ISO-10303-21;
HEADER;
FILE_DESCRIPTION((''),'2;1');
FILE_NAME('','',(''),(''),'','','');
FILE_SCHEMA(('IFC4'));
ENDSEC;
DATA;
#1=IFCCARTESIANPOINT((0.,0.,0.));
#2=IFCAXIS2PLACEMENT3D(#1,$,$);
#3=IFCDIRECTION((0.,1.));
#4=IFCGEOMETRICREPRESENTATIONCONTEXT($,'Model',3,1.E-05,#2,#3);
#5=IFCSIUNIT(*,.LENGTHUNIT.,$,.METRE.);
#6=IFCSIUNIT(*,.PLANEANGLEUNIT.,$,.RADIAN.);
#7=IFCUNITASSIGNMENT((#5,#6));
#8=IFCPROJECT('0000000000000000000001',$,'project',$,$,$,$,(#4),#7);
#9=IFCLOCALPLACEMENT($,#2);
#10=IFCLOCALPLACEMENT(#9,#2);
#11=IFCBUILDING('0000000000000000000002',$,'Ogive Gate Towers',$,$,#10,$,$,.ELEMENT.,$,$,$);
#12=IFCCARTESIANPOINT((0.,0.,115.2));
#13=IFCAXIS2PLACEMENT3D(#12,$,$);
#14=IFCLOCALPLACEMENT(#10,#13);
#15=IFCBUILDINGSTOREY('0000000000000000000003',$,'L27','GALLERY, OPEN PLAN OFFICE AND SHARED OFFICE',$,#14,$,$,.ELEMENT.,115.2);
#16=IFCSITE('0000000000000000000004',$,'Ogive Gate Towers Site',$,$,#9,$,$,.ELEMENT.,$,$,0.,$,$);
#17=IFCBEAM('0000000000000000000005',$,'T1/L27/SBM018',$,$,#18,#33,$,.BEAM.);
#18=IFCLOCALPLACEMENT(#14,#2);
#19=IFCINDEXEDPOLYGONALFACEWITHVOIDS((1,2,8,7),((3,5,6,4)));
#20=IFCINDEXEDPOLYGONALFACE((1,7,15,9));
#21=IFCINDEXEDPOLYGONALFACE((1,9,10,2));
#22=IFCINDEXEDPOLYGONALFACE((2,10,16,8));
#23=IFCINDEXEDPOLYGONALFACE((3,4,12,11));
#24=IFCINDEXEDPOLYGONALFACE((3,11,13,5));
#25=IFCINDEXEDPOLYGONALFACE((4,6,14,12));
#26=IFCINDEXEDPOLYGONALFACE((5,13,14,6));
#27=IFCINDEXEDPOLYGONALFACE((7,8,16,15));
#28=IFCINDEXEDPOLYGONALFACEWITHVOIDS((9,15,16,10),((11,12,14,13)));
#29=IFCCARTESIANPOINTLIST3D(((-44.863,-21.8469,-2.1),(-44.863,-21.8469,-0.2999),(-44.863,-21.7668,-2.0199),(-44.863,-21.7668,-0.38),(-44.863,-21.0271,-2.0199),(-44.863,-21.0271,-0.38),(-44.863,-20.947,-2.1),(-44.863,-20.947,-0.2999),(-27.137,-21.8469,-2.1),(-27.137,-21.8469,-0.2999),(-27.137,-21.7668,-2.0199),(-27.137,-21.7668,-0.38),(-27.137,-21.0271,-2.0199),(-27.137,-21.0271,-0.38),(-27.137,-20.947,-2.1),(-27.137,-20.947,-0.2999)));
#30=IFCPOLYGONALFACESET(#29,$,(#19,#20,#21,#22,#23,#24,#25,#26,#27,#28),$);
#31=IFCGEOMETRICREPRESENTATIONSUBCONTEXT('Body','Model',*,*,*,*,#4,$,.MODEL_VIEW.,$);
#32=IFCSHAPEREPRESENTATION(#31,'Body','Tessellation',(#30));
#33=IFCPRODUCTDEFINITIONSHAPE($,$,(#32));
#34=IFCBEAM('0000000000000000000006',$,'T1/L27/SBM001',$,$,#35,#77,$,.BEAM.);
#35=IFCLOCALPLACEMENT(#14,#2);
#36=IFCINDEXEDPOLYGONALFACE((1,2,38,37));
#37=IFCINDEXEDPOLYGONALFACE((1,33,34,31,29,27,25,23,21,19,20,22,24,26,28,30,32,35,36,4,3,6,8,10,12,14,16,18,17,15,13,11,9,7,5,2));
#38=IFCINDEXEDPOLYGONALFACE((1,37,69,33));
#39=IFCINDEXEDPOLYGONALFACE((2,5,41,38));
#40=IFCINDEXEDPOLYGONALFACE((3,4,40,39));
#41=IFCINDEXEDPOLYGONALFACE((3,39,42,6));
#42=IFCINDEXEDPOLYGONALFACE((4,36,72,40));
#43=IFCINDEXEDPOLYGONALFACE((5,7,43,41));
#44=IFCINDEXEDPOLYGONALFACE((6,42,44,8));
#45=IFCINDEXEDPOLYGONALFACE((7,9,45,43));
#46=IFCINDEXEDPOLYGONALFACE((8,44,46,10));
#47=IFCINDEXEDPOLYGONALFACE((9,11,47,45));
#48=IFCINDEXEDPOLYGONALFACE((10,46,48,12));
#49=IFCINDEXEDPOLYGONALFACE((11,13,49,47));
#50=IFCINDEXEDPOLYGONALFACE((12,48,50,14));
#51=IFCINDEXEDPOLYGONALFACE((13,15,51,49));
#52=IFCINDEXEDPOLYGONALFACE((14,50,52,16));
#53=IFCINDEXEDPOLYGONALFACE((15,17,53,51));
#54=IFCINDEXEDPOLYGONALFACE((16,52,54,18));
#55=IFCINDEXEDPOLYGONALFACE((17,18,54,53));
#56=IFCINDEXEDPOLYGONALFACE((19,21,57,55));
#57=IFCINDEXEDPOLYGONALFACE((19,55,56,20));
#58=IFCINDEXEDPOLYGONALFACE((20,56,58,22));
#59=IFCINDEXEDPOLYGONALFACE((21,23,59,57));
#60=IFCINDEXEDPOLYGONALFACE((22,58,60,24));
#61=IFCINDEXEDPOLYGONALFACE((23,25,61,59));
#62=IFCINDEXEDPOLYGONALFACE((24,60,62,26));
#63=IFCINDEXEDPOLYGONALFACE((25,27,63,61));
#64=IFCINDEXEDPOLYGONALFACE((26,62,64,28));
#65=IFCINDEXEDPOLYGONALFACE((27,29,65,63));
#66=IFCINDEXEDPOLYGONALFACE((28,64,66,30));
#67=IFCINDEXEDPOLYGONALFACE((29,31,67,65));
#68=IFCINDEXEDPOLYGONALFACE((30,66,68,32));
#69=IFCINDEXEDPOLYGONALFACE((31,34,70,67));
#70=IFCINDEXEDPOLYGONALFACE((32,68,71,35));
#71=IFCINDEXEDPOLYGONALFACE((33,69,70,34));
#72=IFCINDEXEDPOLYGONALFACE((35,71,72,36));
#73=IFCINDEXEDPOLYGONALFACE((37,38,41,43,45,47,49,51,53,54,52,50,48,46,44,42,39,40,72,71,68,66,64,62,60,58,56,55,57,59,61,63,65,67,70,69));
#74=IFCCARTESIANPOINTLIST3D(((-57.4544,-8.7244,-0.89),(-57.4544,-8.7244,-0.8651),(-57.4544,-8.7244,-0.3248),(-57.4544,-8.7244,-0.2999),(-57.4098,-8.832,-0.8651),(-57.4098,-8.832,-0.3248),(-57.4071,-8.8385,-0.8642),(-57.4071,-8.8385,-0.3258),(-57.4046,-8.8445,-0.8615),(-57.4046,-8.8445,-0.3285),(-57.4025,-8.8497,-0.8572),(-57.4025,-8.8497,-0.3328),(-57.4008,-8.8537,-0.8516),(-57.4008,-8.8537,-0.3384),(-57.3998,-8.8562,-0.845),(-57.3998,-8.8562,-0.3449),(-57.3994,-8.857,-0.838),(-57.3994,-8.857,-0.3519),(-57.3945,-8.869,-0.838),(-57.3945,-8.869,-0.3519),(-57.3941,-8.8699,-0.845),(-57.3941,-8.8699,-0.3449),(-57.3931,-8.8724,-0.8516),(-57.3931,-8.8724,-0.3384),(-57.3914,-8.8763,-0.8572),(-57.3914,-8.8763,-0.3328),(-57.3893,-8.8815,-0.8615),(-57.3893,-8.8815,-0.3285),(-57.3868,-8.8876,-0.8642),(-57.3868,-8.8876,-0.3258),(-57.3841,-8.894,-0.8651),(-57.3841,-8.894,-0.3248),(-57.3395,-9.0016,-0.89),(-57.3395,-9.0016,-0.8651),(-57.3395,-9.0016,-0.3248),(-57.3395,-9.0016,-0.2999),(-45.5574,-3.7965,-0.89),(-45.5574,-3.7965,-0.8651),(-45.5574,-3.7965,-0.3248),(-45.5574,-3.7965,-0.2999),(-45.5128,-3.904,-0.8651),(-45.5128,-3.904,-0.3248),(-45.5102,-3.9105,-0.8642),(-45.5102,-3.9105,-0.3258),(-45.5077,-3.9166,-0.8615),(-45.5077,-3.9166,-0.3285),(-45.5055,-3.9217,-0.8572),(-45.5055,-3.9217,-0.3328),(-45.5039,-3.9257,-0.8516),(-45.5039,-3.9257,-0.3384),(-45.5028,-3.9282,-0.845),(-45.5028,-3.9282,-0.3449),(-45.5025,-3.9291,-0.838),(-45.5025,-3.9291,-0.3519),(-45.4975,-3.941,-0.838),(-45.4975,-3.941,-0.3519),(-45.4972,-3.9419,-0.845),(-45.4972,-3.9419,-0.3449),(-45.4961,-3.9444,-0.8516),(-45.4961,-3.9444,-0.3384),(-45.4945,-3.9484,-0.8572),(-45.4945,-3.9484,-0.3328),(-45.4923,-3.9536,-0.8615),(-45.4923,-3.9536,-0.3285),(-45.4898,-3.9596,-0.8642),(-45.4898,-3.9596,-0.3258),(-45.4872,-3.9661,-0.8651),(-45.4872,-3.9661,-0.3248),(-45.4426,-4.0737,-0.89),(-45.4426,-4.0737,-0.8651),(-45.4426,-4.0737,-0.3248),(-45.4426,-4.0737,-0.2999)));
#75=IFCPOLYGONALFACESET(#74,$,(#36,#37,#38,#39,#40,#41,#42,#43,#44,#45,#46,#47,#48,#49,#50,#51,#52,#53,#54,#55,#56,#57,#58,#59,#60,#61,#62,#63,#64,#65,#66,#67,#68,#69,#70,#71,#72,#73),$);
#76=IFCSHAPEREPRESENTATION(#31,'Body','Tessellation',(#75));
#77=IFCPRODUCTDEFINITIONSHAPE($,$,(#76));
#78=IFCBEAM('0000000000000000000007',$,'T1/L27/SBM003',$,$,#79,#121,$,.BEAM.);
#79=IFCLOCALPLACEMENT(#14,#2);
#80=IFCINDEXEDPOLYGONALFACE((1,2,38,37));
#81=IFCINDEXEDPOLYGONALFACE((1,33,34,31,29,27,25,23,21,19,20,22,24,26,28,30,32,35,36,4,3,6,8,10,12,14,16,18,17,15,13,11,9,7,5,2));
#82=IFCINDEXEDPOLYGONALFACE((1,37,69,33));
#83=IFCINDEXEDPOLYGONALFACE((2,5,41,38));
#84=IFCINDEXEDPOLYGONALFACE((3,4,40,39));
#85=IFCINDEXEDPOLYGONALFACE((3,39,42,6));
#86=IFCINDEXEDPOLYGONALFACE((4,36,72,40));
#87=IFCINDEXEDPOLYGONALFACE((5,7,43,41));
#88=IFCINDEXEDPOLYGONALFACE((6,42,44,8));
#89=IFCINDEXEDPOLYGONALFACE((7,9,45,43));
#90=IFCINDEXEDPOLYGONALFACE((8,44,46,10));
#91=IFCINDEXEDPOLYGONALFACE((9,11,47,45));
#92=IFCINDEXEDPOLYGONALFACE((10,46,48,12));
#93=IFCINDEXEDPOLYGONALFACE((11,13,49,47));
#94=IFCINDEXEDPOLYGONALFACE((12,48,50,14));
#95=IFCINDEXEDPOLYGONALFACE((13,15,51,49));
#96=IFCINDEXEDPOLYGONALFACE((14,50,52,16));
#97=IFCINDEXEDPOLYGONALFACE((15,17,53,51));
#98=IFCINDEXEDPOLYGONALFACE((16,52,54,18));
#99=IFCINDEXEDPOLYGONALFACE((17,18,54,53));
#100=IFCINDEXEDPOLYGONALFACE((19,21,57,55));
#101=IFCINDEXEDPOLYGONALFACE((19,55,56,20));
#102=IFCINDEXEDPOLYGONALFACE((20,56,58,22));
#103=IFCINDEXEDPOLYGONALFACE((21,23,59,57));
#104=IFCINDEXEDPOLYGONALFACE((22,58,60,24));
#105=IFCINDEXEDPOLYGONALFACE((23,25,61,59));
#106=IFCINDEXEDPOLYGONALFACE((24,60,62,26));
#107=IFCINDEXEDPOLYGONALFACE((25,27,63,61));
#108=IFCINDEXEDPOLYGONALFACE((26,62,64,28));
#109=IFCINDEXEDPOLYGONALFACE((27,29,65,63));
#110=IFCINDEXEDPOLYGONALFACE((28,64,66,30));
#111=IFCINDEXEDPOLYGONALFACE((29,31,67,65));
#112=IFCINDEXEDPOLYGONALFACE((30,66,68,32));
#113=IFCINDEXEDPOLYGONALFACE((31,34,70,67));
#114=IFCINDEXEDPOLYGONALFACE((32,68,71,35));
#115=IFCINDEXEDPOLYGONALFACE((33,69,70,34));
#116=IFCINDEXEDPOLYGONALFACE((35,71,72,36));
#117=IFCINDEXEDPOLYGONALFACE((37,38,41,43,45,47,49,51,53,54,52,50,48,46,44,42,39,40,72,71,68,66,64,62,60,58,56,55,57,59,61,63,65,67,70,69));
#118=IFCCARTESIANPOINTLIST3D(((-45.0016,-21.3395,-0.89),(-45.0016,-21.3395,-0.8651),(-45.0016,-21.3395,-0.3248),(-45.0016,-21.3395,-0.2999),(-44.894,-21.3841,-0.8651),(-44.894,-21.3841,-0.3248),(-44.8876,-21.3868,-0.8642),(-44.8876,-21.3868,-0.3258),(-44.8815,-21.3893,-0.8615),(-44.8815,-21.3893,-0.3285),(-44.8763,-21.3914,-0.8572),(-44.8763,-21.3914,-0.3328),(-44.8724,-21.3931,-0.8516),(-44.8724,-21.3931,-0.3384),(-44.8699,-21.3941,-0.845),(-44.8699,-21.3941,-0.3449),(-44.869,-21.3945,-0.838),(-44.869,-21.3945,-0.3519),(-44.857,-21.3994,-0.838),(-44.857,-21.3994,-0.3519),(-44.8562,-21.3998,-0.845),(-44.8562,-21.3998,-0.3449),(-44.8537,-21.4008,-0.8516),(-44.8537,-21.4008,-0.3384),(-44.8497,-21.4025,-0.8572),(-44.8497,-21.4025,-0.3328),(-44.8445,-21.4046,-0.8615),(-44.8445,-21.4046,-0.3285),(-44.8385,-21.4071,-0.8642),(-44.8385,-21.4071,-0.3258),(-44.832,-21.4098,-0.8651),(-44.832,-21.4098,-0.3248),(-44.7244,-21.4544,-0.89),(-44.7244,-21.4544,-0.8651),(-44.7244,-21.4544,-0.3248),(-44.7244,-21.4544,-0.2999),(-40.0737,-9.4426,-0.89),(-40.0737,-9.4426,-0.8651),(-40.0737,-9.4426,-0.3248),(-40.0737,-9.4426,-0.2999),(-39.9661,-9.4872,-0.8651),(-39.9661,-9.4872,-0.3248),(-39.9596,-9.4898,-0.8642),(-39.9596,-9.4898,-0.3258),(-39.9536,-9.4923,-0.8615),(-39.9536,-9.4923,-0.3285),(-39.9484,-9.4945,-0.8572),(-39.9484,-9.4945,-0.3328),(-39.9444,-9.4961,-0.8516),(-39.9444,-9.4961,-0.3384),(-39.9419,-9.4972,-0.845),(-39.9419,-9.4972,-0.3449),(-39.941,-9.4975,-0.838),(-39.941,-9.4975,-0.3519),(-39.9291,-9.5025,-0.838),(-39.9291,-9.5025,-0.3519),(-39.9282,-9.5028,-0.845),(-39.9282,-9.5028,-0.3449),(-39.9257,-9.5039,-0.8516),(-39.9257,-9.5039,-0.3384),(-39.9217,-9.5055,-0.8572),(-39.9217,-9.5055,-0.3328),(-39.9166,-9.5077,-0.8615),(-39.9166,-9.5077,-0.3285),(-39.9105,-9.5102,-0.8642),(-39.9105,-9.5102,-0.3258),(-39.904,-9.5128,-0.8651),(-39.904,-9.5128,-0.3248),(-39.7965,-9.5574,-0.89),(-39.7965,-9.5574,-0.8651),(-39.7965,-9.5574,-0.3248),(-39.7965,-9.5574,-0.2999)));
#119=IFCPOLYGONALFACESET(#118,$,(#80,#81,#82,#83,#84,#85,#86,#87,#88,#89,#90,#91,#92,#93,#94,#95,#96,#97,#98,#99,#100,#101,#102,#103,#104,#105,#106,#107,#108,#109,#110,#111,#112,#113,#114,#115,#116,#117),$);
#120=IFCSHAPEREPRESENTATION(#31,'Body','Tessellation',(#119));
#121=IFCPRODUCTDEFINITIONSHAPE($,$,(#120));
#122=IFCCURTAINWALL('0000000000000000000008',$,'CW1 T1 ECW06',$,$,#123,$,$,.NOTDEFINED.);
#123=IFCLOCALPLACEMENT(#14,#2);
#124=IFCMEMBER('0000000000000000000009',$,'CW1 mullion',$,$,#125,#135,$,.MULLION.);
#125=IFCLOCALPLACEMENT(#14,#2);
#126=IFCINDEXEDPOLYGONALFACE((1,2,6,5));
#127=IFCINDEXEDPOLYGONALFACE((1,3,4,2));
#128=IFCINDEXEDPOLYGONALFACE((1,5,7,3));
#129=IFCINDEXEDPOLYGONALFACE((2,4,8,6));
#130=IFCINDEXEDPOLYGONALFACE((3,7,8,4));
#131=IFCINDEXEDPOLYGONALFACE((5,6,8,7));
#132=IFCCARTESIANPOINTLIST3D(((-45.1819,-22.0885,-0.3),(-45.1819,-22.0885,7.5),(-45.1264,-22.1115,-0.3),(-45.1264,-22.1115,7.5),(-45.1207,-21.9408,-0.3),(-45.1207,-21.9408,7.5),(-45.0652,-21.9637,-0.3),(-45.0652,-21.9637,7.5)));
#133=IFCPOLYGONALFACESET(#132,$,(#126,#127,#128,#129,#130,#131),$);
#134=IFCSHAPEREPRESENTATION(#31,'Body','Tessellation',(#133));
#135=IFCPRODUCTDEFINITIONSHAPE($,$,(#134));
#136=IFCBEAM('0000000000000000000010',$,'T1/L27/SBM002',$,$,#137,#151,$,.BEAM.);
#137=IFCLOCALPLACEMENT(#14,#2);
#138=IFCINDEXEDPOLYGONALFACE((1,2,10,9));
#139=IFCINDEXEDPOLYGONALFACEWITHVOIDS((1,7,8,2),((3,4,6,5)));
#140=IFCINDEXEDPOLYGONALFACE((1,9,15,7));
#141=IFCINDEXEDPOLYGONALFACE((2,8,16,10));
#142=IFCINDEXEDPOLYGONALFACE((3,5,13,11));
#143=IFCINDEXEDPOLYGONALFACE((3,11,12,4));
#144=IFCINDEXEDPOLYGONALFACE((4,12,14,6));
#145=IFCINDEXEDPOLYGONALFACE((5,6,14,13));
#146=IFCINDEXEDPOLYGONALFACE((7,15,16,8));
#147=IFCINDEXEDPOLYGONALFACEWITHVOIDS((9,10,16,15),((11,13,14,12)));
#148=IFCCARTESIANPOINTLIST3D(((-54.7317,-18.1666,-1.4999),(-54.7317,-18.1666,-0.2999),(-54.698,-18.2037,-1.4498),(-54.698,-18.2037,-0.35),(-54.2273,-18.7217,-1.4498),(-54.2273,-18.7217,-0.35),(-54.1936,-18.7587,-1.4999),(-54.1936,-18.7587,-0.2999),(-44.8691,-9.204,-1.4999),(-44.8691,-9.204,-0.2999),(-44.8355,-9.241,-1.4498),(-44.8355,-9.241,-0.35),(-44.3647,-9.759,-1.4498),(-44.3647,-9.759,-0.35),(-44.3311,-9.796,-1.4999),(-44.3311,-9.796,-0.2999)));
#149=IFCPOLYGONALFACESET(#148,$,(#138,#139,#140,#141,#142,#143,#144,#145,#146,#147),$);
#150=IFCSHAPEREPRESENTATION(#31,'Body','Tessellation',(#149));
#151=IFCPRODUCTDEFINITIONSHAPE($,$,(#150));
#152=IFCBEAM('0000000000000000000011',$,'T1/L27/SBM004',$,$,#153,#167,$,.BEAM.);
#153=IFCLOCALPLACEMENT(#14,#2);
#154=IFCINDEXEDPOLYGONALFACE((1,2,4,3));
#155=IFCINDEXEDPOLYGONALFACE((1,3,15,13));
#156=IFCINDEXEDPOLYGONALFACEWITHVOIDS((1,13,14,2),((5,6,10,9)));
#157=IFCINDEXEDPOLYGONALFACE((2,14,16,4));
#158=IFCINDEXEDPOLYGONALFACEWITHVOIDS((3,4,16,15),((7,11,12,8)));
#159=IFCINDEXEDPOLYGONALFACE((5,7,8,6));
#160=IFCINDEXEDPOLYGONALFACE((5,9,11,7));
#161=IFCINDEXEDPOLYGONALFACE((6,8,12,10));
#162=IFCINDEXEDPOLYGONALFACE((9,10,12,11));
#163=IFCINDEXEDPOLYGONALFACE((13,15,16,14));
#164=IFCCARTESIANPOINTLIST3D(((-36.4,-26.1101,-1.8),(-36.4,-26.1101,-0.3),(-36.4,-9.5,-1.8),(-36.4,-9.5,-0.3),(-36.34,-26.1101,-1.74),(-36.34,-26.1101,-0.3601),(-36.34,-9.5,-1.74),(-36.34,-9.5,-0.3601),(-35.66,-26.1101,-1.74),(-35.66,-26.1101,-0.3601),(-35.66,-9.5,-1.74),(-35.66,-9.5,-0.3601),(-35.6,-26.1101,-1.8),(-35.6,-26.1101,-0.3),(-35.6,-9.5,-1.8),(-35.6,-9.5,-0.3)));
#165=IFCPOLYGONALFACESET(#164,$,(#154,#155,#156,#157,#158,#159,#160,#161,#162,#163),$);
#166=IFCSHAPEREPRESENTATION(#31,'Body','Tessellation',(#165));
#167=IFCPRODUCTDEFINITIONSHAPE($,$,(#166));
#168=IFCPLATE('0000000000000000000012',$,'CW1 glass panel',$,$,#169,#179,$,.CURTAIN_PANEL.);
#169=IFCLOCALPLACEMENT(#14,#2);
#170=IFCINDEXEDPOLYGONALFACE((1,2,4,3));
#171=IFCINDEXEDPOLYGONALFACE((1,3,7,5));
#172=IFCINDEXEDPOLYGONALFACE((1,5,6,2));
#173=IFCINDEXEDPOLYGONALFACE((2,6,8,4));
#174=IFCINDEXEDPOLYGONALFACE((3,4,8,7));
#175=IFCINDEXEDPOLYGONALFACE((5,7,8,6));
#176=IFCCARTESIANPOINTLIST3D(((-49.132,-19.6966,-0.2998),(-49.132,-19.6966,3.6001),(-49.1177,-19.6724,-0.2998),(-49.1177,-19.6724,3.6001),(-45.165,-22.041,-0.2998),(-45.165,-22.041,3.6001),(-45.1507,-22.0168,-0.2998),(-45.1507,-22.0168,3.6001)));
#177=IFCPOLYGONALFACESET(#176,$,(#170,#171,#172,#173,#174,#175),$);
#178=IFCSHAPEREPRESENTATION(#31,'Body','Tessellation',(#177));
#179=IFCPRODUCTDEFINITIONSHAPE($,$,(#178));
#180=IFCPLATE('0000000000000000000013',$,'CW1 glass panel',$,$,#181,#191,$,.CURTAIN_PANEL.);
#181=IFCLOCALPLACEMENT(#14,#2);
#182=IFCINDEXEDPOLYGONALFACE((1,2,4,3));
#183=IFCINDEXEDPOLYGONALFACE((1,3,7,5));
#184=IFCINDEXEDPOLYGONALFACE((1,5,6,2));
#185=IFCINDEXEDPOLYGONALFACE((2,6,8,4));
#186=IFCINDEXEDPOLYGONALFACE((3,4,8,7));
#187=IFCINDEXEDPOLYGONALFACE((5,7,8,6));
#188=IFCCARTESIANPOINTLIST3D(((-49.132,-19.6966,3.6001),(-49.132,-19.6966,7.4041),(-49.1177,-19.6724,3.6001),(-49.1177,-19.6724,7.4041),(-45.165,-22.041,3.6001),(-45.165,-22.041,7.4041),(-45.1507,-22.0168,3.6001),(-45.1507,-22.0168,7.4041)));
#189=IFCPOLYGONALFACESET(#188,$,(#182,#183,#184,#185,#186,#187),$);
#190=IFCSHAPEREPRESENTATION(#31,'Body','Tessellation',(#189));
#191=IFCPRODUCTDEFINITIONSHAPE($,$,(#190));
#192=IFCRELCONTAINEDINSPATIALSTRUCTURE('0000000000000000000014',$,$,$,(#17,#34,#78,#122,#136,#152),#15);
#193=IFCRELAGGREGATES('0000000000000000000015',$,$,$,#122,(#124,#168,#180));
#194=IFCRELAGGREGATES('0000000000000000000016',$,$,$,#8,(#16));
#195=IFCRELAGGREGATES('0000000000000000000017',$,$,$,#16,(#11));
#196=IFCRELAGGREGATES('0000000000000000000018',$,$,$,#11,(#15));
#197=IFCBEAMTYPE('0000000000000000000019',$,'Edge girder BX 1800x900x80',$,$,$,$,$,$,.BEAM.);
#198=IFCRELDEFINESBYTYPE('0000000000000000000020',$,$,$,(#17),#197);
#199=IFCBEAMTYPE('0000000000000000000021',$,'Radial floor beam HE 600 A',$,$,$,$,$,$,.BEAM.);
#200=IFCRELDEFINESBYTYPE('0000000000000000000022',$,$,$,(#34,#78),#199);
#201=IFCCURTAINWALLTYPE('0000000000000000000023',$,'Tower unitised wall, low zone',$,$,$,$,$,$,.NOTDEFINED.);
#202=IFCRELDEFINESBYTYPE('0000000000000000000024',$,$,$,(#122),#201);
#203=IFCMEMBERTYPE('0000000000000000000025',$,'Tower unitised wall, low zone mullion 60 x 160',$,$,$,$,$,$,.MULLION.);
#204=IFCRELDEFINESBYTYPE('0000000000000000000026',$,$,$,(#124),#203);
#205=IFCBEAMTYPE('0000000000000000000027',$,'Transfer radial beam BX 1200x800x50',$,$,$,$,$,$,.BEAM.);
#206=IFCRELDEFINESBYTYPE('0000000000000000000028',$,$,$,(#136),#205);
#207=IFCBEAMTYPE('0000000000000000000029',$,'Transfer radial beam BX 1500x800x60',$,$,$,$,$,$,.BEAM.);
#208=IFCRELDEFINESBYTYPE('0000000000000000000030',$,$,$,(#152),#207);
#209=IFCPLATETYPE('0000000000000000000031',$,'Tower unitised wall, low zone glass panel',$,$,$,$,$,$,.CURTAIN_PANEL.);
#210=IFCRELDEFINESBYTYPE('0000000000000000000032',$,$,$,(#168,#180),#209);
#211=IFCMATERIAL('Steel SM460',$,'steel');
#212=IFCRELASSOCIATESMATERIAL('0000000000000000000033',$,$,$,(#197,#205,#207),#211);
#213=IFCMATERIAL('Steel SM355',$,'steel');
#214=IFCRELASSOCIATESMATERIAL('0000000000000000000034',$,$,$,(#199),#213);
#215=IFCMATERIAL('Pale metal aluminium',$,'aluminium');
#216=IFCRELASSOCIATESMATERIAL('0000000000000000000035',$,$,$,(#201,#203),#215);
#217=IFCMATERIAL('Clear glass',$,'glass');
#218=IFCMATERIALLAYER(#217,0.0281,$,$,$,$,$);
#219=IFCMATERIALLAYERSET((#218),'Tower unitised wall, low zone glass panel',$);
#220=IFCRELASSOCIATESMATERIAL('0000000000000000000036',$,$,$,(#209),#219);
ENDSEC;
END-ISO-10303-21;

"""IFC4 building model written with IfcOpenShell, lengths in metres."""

from ifc_helpers import new_model, si_unit, direction, frame, origin, origin_2d, place, context, subcontext, project, spatial, rectangle, hollow_rectangle, i_section, extrude, material, layer, layer_set, material_profile, profile_set, type_object, element, aggregate, save


model = new_model("IFC4")

# Units and contexts
model_context = context("Model", 3, precision=1e-05, world=origin(), true_north=direction((0.0, 1.0)))
body_context = subcontext(model_context, "Body", "Model", "MODEL_VIEW")
ifc_project = project(units=[si_unit("LENGTHUNIT", "METRE"), si_unit("PLANEANGLEUNIT", "RADIAN")], contexts=[model_context])

# Site, building, storey
site_placement = place(None, origin())
site = spatial("IfcSite", under=ifc_project, at=site_placement, Name="Ogive Gate Towers Site", CompositionType="ELEMENT", RefElevation=0.0)
building_placement = place(site_placement, origin())
building = spatial("IfcBuilding", under=site, at=building_placement, Name="Ogive Gate Towers", CompositionType="ELEMENT")
storey_placement = place(building_placement, frame((0.0, 0.0, 115.2)))
storey = spatial("IfcBuildingStorey", under=building, at=storey_placement, Name="L27", Description="GALLERY, OPEN PLAN OFFICE AND SHARED OFFICE", CompositionType="ELEMENT", Elevation=115.2)

# Beams
ifc_material_1 = material(Name="Steel SM460", Category="steel")
ifc_material_profile_1 = material_profile(ifc_material_1, hollow_rectangle(XDim=0.8999, YDim=1.8, WallThickness=0.0801, at=origin_2d()), Name="BX 1800x900x80")
ifc_profile_set_1 = profile_set([ifc_material_profile_1], Name="Steel SM460")
beam_type_1 = type_object("IfcBeamType", Name="Edge girder BX 1800x900x80", PredefinedType="BEAM", material=ifc_profile_set_1)
beam_1_placement = place(storey_placement, frame((-44.863, -21.397, -1.2), z_axis=(1.0, 0.0, 0.0), x_axis=(0.0, 1.0, 0.0)))
element("IfcBeam", 1, at=beam_1_placement, inside=storey, type_object=beam_type_1, Name="T1/L27/SBM018", PredefinedType="BEAM", context=body_context, shape_type="SweptSolid", body=[
    extrude(hollow_rectangle(XDim=0.8999, YDim=1.8, WallThickness=0.0801, at=origin_2d()), origin(), (0.0, 0.0, 1.0), 17.7261),
])
ifc_material_2 = material(Name="Steel SM355", Category="steel")
ifc_material_profile_2 = material_profile(ifc_material_2, i_section(OverallWidth=0.3, OverallDepth=0.5901, WebThickness=0.0129, FlangeThickness=0.0249, FilletRadius=0.0271, at=origin_2d()), Name="HE 600 A")
ifc_profile_set_2 = profile_set([ifc_material_profile_2], Name="Steel SM355")
beam_type_2 = type_object("IfcBeamType", Name="Radial floor beam HE 600 A", PredefinedType="BEAM", material=ifc_profile_set_2)
for number, where, z_axis, x_axis, name in (
    (2, (-45.5, -3.9351, -0.595), (-0.923877, -0.382689, 0.0), (0.382689, -0.923877, 0.0), "T1/L27/SBM001"),
    (3, (-39.9351, -9.5, -0.595), (-0.382689, -0.923877, 0.0), (0.923877, -0.382689, 0.0), "T1/L27/SBM003"),
):
    element("IfcBeam", number, at=place(storey_placement, frame(where, z_axis=z_axis, x_axis=x_axis)), inside=storey, type_object=beam_type_2, Name=name, PredefinedType="BEAM", context=body_context, shape_type="SweptSolid", body=[
        extrude(i_section(OverallWidth=0.3, OverallDepth=0.5901, WebThickness=0.0129, FlangeThickness=0.0249, FilletRadius=0.0271, at=origin_2d()), origin(), (0.0, 0.0, 1.0), 12.8772),
    ])

# Curtain wall, member
ifc_material_3 = material(Name="Pale metal aluminium", Category="aluminium")
curtain_wall_type = type_object("IfcCurtainWallType", Name="Tower unitised wall, low zone", PredefinedType="NOTDEFINED", material=ifc_material_3)
curtain_wall_placement = place(storey_placement, origin())
curtain_wall = element("IfcCurtainWall", 4, at=curtain_wall_placement, inside=storey, type_object=curtain_wall_type, Name="CW1 T1 ECW06", PredefinedType="NOTDEFINED")
ifc_material_profile_3 = material_profile(ifc_material_3, rectangle(XDim=0.1599, YDim=0.0601, at=origin_2d()), Name="60 x 160 aluminium box")
ifc_profile_set_3 = profile_set([ifc_material_profile_3], Name="Pale metal aluminium")
member_type = type_object("IfcMemberType", Name="Tower unitised wall, low zone mullion 60 x 160", PredefinedType="MULLION", material=ifc_profile_set_3)
member_placement = place(storey_placement, frame((-45.1235, -22.0261, -0.3), z_axis=(0.0, 0.0, 1.0), x_axis=(-0.382683, -0.92388, 0.0)))
member = element("IfcMember", 5, at=member_placement, type_object=member_type, Name="CW1 mullion", PredefinedType="MULLION", context=body_context, shape_type="SweptSolid", body=[
    extrude(rectangle(XDim=0.1599, YDim=0.0601, at=origin_2d()), origin(), (0.0, 0.0, 1.0), 7.8),
])

# Beams
ifc_material_profile_4 = material_profile(ifc_material_1, hollow_rectangle(XDim=0.8, YDim=1.2, WallThickness=0.05, at=origin_2d()), Name="BX 1200x800x50")
ifc_profile_set_4 = profile_set([ifc_material_profile_4], Name="Steel SM460")
beam_type_3 = type_object("IfcBeamType", Name="Transfer radial beam BX 1200x800x50", PredefinedType="BEAM", material=ifc_profile_set_4)
beam_2_placement = place(storey_placement, frame((-44.6001, -9.5, -0.8999), z_axis=(-0.740064, -0.672537, 0.0), x_axis=(0.672537, -0.740064, 0.0)))
element("IfcBeam", 6, at=beam_2_placement, inside=storey, type_object=beam_type_3, Name="T1/L27/SBM002", PredefinedType="BEAM", context=body_context, shape_type="SweptSolid", body=[
    extrude(hollow_rectangle(XDim=0.8, YDim=1.2, WallThickness=0.05, at=origin_2d()), origin(), (0.0, 0.0, 1.0), 13.3267),
])
ifc_material_profile_5 = material_profile(ifc_material_1, hollow_rectangle(XDim=0.8, YDim=1.5, WallThickness=0.0601, at=origin_2d()), Name="BX 1500x800x60")
ifc_profile_set_5 = profile_set([ifc_material_profile_5], Name="Steel SM460")
beam_type_4 = type_object("IfcBeamType", Name="Transfer radial beam BX 1500x800x60", PredefinedType="BEAM", material=ifc_profile_set_5)
beam_3_placement = place(storey_placement, frame((-36.0, -9.5, -1.05), z_axis=(0.0, -1.0, 0.0), x_axis=(1.0, 0.0, 0.0)))
element("IfcBeam", 7, at=beam_3_placement, inside=storey, type_object=beam_type_4, Name="T1/L27/SBM004", PredefinedType="BEAM", context=body_context, shape_type="SweptSolid", body=[
    extrude(hollow_rectangle(XDim=0.8, YDim=1.5, WallThickness=0.0601, at=origin_2d()), origin(), (0.0, 0.0, 1.0), 16.6101),
])

# Plates
ifc_material_4 = material(Name="Clear glass", Category="glass")
ifc_layer_1 = layer(ifc_material_4, 0.0281)
ifc_layer_set_1 = layer_set([ifc_layer_1], Name="Tower unitised wall, low zone glass panel")
plate_type = type_object("IfcPlateType", Name="Tower unitised wall, low zone glass panel", PredefinedType="CURTAIN_PANEL", material=ifc_layer_set_1)
plate_1_placement = place(storey_placement, frame((-47.1414, -20.8567, -0.2998), z_axis=(0.0, 0.0, 1.0), x_axis=(0.860902, -0.508771, 0.0)))
plate_1 = element("IfcPlate", 8, at=plate_1_placement, type_object=plate_type, Name="CW1 glass panel", PredefinedType="CURTAIN_PANEL", context=body_context, shape_type="SweptSolid", body=[
    extrude(rectangle(XDim=4.6079, YDim=0.0281, at=origin_2d()), origin(), (0.0, 0.0, 1.0), 3.8999),
])
plate_2_placement = place(storey_placement, frame((-47.1414, -20.8567, 3.6001), z_axis=(0.0, 0.0, 1.0), x_axis=(0.860902, -0.508771, 0.0)))
plate_2 = element("IfcPlate", 9, at=plate_2_placement, type_object=plate_type, Name="CW1 glass panel", PredefinedType="CURTAIN_PANEL", context=body_context, shape_type="SweptSolid", body=[
    extrude(rectangle(XDim=4.6079, YDim=0.0281, at=origin_2d()), origin(), (0.0, 0.0, 1.0), 3.804),
])
aggregate(curtain_wall, [member, plate_1, plate_2])

save(model, "model.ifc")
